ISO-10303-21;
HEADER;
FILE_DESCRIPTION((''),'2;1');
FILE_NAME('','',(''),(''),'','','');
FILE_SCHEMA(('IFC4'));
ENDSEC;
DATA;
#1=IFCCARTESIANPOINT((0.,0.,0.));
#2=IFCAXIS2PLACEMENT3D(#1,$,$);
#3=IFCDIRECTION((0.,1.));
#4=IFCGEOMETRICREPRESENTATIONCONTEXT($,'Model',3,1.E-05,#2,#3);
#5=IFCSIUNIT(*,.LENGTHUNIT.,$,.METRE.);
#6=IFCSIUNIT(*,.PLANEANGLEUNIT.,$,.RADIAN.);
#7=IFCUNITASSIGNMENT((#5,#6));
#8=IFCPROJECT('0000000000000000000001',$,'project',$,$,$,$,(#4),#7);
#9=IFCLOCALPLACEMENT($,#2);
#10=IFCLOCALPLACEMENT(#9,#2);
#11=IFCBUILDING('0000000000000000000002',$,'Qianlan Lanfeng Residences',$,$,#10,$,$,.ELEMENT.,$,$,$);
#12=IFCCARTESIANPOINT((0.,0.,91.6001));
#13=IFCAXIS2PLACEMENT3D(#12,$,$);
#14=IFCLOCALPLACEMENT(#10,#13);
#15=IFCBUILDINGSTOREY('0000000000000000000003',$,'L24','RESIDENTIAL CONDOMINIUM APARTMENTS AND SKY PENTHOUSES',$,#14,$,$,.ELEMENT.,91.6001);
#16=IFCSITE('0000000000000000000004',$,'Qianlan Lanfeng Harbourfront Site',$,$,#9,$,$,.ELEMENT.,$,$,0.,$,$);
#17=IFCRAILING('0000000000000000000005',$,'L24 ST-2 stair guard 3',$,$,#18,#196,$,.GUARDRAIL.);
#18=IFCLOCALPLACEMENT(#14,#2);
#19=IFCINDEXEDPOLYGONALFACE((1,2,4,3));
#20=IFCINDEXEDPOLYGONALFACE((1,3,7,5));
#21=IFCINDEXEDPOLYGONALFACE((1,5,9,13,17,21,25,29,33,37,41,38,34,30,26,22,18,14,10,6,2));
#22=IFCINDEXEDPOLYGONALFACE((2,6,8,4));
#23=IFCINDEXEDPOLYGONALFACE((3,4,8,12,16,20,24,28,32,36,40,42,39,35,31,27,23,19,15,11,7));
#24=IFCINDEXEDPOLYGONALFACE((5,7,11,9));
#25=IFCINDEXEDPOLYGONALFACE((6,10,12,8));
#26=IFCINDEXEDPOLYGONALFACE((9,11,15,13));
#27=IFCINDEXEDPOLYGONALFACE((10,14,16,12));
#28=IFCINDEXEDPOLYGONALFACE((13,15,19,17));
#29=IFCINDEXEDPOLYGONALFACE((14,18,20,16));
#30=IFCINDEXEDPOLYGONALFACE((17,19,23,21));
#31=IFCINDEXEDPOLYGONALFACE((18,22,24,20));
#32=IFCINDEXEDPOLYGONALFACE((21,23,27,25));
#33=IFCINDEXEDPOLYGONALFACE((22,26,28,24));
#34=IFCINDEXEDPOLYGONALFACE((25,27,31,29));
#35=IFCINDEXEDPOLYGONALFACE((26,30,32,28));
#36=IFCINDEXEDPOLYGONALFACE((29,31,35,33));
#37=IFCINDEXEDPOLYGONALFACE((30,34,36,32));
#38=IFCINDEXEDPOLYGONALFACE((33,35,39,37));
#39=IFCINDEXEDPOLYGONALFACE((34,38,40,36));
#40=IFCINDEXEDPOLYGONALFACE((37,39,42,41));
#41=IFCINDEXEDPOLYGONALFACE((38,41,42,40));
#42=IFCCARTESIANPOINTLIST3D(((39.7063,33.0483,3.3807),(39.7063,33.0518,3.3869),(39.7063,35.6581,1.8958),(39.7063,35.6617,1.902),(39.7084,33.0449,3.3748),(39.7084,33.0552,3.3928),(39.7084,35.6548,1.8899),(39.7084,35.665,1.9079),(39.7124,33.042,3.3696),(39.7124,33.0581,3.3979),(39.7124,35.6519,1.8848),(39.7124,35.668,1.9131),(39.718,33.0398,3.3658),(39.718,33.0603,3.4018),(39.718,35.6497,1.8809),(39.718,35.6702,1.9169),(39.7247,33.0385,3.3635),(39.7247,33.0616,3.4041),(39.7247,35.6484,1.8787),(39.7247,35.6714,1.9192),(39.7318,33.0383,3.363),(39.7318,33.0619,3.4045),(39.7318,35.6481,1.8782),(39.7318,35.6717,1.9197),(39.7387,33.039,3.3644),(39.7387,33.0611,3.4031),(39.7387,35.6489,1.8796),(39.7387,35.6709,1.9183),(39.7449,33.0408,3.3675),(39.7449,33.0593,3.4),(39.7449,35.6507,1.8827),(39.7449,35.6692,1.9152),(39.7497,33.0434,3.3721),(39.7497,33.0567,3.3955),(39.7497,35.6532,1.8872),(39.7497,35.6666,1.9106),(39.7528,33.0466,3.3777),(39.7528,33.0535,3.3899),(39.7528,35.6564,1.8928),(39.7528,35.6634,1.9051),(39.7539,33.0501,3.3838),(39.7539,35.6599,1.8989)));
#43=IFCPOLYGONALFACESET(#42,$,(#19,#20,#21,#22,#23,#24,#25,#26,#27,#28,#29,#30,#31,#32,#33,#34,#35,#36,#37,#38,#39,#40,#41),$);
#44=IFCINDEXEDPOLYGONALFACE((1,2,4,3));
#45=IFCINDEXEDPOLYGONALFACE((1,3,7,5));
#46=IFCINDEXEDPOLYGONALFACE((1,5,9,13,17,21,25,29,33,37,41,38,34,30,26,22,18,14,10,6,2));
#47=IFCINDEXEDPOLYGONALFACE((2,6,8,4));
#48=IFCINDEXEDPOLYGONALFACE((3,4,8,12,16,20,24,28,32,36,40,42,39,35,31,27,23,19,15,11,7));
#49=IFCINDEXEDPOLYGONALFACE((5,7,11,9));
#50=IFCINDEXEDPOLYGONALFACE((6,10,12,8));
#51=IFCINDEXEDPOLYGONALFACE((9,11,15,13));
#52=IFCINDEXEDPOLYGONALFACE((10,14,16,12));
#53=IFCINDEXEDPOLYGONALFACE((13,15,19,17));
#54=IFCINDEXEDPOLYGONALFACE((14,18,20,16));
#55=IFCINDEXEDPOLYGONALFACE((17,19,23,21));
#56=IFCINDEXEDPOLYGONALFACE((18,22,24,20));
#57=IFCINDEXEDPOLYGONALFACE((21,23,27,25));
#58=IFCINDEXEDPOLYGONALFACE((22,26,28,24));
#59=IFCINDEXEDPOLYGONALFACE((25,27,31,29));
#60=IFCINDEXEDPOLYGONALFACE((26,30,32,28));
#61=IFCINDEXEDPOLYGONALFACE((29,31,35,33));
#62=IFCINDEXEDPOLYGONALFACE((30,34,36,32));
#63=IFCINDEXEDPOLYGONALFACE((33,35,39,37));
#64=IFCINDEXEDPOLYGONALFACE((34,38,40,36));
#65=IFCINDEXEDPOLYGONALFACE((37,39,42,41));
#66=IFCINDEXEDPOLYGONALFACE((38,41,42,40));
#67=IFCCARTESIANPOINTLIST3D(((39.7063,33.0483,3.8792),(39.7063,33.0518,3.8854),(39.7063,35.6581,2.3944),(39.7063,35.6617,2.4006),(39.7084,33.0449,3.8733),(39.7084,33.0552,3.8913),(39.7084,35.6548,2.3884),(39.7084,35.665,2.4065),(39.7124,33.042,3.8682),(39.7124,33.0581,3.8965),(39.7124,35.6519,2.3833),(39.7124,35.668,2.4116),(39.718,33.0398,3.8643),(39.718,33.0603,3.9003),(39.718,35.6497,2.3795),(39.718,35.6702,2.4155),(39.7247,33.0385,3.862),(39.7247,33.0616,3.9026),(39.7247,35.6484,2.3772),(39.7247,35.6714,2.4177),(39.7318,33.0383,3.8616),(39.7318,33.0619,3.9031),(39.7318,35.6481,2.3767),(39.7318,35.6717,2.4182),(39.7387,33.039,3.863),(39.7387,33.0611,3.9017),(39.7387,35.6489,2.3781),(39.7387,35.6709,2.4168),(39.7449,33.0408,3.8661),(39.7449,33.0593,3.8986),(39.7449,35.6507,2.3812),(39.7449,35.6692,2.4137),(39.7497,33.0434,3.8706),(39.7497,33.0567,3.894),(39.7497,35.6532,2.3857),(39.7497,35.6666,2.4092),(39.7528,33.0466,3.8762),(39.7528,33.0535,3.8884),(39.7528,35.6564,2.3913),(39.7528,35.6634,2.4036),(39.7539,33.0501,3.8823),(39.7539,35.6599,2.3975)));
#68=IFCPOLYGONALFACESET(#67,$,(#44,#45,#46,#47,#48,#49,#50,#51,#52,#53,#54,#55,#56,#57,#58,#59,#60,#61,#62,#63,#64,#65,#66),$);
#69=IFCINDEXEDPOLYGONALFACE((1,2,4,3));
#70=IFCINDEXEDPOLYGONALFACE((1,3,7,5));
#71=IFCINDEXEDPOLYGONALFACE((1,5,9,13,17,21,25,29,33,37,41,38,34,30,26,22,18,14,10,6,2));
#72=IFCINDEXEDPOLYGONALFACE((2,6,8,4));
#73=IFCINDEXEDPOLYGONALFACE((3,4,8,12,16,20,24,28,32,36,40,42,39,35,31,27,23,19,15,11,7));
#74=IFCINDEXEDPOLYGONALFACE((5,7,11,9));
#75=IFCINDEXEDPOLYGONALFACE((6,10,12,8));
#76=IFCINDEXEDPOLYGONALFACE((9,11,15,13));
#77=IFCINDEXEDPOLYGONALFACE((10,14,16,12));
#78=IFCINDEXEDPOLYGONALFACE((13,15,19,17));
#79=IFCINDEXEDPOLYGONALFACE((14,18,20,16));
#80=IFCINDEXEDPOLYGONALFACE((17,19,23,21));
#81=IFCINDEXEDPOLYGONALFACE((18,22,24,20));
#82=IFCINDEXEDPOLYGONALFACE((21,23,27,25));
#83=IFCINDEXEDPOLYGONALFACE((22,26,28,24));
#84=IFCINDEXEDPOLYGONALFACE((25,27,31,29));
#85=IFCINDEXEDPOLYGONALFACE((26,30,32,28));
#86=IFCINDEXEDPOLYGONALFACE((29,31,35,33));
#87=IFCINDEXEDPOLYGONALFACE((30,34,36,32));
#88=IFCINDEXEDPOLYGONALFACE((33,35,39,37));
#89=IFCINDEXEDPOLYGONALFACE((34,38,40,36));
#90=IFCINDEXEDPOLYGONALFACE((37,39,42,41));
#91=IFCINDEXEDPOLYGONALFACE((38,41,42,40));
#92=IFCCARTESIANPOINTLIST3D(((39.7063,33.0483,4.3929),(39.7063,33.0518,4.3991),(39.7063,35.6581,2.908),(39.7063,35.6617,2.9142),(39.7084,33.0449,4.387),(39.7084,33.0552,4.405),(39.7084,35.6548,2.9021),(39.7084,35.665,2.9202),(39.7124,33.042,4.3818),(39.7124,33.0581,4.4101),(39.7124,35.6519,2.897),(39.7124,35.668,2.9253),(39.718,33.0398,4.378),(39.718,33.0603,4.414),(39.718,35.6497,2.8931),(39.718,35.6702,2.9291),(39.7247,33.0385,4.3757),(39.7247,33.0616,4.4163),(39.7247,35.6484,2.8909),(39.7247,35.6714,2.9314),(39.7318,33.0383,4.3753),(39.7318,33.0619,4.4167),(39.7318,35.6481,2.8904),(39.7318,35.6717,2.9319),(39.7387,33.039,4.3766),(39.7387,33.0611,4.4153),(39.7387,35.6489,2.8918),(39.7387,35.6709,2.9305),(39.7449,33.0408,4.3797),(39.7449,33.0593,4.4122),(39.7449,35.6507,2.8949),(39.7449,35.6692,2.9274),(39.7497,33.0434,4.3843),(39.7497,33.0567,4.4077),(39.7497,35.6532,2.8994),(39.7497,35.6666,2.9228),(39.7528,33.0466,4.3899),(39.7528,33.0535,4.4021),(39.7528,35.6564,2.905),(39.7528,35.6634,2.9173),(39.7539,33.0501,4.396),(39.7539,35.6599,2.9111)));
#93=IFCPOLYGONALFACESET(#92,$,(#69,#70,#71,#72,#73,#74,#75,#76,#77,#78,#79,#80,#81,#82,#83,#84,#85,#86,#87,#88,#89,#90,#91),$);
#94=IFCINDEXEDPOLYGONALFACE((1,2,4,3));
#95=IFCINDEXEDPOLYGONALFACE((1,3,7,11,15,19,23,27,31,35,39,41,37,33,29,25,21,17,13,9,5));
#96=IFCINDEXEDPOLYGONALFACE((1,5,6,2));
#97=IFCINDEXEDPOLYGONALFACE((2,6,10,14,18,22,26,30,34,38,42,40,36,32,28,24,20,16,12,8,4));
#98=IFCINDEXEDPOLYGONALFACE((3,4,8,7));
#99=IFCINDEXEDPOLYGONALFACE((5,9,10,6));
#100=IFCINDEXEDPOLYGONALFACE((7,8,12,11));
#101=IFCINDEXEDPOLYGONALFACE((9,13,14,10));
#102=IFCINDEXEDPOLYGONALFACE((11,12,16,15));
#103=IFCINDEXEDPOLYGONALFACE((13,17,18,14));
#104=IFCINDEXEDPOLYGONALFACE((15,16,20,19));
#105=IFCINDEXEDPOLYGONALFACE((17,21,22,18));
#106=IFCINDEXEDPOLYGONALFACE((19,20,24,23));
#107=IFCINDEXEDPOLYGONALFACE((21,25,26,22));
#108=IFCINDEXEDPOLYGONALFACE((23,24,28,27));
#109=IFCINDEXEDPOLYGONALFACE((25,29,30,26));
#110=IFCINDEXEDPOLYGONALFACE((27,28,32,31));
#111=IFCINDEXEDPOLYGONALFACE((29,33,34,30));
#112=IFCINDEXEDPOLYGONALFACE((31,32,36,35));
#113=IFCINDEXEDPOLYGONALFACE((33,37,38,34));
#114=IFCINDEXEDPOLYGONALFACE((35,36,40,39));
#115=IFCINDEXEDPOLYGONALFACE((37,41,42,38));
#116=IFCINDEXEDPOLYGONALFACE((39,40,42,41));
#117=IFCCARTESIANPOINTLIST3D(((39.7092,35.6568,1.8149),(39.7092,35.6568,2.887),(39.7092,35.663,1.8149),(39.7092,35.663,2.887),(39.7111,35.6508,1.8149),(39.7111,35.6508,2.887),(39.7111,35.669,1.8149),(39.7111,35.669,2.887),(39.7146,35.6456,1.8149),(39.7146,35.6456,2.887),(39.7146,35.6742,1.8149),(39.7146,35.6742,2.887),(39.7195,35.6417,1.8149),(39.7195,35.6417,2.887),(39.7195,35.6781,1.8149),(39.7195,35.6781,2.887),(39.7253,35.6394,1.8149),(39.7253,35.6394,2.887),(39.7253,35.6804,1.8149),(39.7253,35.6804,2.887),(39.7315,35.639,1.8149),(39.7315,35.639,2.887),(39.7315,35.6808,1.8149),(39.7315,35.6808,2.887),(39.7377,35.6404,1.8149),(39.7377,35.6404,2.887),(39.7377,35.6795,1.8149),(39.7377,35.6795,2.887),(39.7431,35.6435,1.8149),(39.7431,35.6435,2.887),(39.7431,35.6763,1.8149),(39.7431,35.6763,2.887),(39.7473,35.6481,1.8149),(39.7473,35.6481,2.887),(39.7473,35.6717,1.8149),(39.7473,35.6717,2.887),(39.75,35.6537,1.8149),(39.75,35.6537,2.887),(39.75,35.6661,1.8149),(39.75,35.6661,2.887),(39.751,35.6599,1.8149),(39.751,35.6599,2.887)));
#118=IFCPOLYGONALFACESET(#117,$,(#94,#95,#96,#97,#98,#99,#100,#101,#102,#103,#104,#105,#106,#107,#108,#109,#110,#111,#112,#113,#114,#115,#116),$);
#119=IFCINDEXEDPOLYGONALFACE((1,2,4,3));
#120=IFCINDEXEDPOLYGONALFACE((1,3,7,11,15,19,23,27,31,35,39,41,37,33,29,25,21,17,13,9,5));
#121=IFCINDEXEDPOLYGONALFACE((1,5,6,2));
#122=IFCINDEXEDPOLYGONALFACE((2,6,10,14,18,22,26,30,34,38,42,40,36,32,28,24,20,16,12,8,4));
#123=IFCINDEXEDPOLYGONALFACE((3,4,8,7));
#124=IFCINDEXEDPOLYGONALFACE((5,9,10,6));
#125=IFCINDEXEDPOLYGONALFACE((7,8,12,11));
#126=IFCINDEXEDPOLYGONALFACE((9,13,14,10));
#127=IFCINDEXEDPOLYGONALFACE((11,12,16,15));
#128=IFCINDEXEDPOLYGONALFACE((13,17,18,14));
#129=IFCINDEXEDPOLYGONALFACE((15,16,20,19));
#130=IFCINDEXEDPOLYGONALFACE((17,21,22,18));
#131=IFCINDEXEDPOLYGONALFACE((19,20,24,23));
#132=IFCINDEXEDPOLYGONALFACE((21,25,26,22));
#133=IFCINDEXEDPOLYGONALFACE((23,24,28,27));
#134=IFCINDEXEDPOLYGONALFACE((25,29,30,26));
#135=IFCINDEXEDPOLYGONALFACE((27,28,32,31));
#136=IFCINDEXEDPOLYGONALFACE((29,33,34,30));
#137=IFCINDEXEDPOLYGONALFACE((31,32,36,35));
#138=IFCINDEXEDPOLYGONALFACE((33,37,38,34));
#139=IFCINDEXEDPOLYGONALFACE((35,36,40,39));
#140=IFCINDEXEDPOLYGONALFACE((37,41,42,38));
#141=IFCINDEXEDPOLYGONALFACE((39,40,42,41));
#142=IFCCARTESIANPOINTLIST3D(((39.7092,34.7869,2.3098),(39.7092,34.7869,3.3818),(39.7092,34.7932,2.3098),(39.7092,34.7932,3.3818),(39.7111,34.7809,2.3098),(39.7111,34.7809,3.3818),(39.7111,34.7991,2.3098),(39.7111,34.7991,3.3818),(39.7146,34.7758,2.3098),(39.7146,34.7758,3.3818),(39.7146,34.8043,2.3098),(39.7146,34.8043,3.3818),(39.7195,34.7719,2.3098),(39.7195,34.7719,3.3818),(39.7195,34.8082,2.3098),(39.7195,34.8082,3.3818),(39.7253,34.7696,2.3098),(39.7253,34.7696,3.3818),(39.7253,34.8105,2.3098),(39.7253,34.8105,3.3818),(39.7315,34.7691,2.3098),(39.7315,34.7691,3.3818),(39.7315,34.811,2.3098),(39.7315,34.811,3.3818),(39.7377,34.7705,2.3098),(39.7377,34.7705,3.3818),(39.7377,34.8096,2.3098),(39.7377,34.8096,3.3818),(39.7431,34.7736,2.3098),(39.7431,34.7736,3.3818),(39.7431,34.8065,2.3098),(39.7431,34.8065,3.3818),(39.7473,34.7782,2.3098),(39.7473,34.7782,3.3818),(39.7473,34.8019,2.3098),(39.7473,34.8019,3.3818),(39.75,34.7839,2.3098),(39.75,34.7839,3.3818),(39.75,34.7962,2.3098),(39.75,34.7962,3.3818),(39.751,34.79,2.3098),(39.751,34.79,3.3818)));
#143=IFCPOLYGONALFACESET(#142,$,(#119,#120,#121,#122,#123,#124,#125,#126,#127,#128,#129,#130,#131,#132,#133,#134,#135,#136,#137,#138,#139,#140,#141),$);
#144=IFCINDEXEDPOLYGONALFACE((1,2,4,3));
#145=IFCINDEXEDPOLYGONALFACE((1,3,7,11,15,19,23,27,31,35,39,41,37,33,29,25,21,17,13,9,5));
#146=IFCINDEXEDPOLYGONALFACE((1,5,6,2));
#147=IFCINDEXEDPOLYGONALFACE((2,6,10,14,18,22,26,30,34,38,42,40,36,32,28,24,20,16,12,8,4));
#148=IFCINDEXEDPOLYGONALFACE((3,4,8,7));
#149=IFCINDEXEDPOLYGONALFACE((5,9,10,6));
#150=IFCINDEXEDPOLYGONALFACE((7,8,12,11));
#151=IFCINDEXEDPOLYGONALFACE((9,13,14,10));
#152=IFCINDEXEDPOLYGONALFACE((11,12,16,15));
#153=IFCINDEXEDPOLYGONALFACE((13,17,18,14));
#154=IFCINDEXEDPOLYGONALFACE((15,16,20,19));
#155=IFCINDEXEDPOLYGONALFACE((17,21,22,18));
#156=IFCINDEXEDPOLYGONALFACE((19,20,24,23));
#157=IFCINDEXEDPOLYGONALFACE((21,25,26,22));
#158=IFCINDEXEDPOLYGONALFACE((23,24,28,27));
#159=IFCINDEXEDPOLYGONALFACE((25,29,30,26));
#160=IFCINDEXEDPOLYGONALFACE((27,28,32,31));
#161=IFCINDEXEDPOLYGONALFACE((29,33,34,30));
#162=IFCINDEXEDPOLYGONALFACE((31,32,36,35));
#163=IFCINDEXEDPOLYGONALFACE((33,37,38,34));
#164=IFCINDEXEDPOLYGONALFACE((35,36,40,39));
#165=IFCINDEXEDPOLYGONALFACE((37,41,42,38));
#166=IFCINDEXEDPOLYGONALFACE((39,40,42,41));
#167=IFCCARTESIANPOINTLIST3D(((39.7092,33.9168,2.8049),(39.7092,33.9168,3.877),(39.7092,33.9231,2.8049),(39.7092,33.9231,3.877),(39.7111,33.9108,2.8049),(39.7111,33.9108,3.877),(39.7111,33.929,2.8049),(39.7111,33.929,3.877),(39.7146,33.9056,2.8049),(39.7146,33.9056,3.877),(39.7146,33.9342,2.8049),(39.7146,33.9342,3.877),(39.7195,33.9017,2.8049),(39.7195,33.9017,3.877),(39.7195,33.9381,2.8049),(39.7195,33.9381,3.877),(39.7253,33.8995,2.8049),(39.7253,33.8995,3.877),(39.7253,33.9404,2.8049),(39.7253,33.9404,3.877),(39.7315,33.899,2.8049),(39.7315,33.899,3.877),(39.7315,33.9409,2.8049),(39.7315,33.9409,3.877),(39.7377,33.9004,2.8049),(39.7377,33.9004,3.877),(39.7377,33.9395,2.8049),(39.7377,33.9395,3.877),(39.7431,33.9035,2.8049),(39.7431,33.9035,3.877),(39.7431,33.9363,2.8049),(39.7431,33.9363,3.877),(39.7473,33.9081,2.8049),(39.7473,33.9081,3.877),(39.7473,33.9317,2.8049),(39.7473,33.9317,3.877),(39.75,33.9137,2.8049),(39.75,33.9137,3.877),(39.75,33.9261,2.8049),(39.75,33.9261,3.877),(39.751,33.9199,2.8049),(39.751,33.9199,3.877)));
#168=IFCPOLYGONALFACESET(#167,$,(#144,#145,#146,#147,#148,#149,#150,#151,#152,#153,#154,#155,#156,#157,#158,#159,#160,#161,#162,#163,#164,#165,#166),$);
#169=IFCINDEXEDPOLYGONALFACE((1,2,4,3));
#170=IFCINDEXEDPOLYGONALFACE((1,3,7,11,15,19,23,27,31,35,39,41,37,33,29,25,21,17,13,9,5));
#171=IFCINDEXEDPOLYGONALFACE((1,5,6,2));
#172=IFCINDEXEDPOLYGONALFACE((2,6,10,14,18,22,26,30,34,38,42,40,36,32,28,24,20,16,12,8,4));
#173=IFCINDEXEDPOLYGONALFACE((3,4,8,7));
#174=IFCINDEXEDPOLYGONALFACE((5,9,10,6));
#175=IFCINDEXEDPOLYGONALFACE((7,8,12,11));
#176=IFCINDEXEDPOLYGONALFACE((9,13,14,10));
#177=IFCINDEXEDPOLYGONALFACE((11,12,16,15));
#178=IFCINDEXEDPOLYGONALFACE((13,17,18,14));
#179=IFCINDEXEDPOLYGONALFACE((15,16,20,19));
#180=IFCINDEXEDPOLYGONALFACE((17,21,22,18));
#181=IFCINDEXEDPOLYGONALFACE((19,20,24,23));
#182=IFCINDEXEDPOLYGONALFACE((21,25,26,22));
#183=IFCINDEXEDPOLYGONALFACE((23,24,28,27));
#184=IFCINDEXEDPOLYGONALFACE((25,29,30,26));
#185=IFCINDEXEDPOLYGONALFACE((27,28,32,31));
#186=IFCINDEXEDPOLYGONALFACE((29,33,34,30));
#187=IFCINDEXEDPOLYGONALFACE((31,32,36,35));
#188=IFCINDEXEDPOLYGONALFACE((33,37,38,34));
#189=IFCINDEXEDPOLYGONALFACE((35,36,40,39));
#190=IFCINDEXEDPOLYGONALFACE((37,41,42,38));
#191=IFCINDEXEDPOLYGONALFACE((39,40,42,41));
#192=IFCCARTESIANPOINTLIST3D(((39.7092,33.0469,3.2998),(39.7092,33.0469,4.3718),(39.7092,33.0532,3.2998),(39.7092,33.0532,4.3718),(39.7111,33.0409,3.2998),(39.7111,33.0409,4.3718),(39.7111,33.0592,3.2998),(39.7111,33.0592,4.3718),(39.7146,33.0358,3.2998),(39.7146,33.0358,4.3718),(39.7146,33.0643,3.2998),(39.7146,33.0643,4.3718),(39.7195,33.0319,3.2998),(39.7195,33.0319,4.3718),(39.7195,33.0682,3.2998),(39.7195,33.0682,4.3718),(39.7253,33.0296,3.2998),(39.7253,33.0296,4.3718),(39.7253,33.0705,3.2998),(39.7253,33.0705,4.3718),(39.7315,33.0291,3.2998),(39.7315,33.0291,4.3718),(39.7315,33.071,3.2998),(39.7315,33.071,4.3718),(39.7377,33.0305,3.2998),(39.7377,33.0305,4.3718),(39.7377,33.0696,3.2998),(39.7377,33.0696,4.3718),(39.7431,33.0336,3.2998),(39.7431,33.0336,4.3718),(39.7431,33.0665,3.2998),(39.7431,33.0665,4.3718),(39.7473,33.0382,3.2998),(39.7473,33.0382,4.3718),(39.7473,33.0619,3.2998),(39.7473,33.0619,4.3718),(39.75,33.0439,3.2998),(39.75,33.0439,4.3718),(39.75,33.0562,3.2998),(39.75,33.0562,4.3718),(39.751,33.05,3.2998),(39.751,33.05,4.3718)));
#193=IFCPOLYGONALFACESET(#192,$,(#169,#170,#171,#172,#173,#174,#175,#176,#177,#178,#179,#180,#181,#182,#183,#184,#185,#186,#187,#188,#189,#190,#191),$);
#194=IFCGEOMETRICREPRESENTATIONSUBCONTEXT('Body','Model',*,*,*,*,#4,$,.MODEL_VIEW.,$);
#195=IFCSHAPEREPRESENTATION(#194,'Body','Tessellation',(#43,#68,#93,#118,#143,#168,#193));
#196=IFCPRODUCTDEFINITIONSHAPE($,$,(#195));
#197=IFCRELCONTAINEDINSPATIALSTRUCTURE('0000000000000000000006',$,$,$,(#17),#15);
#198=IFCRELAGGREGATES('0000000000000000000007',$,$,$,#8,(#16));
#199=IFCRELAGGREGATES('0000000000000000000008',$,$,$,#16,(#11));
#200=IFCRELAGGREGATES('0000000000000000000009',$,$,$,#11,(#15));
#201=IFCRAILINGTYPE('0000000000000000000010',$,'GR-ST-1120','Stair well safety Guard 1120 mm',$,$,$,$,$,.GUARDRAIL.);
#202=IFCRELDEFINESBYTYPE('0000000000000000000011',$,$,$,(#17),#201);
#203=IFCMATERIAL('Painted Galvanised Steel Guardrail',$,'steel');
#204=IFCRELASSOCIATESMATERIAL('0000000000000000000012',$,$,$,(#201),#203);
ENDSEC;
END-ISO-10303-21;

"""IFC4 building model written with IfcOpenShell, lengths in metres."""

from ifc_helpers import new_model, si_unit, direction, frame, origin, origin_2d, place, context, subcontext, project, spatial, circle, extrude, material, type_object, element, save


model = new_model("IFC4")

# Units and contexts
model_context = context("Model", 3, precision=1e-05, world=origin(), true_north=direction((0.0, 1.0)))
body_context = subcontext(model_context, "Body", "Model", "MODEL_VIEW")
ifc_project = project(units=[si_unit("LENGTHUNIT", "METRE"), si_unit("PLANEANGLEUNIT", "RADIAN")], contexts=[model_context])

# Site, building, storey
site_placement = place(None, origin())
site = spatial("IfcSite", under=ifc_project, at=site_placement, Name="Qianlan Lanfeng Harbourfront Site", CompositionType="ELEMENT", RefElevation=0.0)
building_placement = place(site_placement, origin())
building = spatial("IfcBuilding", under=site, at=building_placement, Name="Qianlan Lanfeng Residences", CompositionType="ELEMENT")
storey_placement = place(building_placement, frame((0.0, 0.0, 91.6001)))
storey = spatial("IfcBuildingStorey", under=building, at=storey_placement, Name="L24", Description="RESIDENTIAL CONDOMINIUM APARTMENTS AND SKY PENTHOUSES", CompositionType="ELEMENT", Elevation=91.6001)

# Railing
ifc_material_1 = material(Name="Painted Galvanised Steel Guardrail", Category="steel")
railing_type_1 = type_object("IfcRailingType", Name="GR-ST-1120", Description="Stair well safety Guard 1120 mm", PredefinedType="GUARDRAIL", material=ifc_material_1)
railing_1_placement = place(storey_placement, frame((39.73, 35.6599, 1.8149)))
element("IfcRailing", 1, at=railing_1_placement, inside=storey, type_object=railing_type_1, Name="L24 ST-2 stair guard 3", PredefinedType="GUARDRAIL", context=body_context, shape_type="SweptSolid", body=[
    extrude(circle(Radius=0.0239, at=origin_2d()), frame((0.0, 0.0, 0.084), z_axis=(0.0, -0.869172, 0.494509), x_axis=(1.0, 0.0, 0.0)), (0.0, 0.0, 1.0), 3.0027),
    extrude(circle(Radius=0.0239, at=origin_2d()), frame((0.0, 0.0, 0.5825), z_axis=(0.0, -0.869172, 0.494509), x_axis=(1.0, 0.0, 0.0)), (0.0, 0.0, 1.0), 3.0027),
    extrude(circle(Radius=0.0239, at=origin_2d()), frame((0.0, 0.0, 1.0962), z_axis=(0.0, -0.869172, 0.494509), x_axis=(1.0, 0.0, 0.0)), (0.0, 0.0, 1.0), 3.0027),
    extrude(circle(Radius=0.021, at=origin_2d()), origin(), (0.0, 0.0, 1.0), 1.072),
    extrude(circle(Radius=0.021, at=origin_2d()), frame((0.0, -0.8699, 0.4949)), (0.0, 0.0, 1.0), 1.072),
    extrude(circle(Radius=0.021, at=origin_2d()), frame((0.0, -1.74, 0.99)), (0.0, 0.0, 1.0), 1.072),
    extrude(circle(Radius=0.021, at=origin_2d()), frame((0.0, -2.6099, 1.4849)), (0.0, 0.0, 1.0), 1.072),
])

save(model, "model.ifc")
